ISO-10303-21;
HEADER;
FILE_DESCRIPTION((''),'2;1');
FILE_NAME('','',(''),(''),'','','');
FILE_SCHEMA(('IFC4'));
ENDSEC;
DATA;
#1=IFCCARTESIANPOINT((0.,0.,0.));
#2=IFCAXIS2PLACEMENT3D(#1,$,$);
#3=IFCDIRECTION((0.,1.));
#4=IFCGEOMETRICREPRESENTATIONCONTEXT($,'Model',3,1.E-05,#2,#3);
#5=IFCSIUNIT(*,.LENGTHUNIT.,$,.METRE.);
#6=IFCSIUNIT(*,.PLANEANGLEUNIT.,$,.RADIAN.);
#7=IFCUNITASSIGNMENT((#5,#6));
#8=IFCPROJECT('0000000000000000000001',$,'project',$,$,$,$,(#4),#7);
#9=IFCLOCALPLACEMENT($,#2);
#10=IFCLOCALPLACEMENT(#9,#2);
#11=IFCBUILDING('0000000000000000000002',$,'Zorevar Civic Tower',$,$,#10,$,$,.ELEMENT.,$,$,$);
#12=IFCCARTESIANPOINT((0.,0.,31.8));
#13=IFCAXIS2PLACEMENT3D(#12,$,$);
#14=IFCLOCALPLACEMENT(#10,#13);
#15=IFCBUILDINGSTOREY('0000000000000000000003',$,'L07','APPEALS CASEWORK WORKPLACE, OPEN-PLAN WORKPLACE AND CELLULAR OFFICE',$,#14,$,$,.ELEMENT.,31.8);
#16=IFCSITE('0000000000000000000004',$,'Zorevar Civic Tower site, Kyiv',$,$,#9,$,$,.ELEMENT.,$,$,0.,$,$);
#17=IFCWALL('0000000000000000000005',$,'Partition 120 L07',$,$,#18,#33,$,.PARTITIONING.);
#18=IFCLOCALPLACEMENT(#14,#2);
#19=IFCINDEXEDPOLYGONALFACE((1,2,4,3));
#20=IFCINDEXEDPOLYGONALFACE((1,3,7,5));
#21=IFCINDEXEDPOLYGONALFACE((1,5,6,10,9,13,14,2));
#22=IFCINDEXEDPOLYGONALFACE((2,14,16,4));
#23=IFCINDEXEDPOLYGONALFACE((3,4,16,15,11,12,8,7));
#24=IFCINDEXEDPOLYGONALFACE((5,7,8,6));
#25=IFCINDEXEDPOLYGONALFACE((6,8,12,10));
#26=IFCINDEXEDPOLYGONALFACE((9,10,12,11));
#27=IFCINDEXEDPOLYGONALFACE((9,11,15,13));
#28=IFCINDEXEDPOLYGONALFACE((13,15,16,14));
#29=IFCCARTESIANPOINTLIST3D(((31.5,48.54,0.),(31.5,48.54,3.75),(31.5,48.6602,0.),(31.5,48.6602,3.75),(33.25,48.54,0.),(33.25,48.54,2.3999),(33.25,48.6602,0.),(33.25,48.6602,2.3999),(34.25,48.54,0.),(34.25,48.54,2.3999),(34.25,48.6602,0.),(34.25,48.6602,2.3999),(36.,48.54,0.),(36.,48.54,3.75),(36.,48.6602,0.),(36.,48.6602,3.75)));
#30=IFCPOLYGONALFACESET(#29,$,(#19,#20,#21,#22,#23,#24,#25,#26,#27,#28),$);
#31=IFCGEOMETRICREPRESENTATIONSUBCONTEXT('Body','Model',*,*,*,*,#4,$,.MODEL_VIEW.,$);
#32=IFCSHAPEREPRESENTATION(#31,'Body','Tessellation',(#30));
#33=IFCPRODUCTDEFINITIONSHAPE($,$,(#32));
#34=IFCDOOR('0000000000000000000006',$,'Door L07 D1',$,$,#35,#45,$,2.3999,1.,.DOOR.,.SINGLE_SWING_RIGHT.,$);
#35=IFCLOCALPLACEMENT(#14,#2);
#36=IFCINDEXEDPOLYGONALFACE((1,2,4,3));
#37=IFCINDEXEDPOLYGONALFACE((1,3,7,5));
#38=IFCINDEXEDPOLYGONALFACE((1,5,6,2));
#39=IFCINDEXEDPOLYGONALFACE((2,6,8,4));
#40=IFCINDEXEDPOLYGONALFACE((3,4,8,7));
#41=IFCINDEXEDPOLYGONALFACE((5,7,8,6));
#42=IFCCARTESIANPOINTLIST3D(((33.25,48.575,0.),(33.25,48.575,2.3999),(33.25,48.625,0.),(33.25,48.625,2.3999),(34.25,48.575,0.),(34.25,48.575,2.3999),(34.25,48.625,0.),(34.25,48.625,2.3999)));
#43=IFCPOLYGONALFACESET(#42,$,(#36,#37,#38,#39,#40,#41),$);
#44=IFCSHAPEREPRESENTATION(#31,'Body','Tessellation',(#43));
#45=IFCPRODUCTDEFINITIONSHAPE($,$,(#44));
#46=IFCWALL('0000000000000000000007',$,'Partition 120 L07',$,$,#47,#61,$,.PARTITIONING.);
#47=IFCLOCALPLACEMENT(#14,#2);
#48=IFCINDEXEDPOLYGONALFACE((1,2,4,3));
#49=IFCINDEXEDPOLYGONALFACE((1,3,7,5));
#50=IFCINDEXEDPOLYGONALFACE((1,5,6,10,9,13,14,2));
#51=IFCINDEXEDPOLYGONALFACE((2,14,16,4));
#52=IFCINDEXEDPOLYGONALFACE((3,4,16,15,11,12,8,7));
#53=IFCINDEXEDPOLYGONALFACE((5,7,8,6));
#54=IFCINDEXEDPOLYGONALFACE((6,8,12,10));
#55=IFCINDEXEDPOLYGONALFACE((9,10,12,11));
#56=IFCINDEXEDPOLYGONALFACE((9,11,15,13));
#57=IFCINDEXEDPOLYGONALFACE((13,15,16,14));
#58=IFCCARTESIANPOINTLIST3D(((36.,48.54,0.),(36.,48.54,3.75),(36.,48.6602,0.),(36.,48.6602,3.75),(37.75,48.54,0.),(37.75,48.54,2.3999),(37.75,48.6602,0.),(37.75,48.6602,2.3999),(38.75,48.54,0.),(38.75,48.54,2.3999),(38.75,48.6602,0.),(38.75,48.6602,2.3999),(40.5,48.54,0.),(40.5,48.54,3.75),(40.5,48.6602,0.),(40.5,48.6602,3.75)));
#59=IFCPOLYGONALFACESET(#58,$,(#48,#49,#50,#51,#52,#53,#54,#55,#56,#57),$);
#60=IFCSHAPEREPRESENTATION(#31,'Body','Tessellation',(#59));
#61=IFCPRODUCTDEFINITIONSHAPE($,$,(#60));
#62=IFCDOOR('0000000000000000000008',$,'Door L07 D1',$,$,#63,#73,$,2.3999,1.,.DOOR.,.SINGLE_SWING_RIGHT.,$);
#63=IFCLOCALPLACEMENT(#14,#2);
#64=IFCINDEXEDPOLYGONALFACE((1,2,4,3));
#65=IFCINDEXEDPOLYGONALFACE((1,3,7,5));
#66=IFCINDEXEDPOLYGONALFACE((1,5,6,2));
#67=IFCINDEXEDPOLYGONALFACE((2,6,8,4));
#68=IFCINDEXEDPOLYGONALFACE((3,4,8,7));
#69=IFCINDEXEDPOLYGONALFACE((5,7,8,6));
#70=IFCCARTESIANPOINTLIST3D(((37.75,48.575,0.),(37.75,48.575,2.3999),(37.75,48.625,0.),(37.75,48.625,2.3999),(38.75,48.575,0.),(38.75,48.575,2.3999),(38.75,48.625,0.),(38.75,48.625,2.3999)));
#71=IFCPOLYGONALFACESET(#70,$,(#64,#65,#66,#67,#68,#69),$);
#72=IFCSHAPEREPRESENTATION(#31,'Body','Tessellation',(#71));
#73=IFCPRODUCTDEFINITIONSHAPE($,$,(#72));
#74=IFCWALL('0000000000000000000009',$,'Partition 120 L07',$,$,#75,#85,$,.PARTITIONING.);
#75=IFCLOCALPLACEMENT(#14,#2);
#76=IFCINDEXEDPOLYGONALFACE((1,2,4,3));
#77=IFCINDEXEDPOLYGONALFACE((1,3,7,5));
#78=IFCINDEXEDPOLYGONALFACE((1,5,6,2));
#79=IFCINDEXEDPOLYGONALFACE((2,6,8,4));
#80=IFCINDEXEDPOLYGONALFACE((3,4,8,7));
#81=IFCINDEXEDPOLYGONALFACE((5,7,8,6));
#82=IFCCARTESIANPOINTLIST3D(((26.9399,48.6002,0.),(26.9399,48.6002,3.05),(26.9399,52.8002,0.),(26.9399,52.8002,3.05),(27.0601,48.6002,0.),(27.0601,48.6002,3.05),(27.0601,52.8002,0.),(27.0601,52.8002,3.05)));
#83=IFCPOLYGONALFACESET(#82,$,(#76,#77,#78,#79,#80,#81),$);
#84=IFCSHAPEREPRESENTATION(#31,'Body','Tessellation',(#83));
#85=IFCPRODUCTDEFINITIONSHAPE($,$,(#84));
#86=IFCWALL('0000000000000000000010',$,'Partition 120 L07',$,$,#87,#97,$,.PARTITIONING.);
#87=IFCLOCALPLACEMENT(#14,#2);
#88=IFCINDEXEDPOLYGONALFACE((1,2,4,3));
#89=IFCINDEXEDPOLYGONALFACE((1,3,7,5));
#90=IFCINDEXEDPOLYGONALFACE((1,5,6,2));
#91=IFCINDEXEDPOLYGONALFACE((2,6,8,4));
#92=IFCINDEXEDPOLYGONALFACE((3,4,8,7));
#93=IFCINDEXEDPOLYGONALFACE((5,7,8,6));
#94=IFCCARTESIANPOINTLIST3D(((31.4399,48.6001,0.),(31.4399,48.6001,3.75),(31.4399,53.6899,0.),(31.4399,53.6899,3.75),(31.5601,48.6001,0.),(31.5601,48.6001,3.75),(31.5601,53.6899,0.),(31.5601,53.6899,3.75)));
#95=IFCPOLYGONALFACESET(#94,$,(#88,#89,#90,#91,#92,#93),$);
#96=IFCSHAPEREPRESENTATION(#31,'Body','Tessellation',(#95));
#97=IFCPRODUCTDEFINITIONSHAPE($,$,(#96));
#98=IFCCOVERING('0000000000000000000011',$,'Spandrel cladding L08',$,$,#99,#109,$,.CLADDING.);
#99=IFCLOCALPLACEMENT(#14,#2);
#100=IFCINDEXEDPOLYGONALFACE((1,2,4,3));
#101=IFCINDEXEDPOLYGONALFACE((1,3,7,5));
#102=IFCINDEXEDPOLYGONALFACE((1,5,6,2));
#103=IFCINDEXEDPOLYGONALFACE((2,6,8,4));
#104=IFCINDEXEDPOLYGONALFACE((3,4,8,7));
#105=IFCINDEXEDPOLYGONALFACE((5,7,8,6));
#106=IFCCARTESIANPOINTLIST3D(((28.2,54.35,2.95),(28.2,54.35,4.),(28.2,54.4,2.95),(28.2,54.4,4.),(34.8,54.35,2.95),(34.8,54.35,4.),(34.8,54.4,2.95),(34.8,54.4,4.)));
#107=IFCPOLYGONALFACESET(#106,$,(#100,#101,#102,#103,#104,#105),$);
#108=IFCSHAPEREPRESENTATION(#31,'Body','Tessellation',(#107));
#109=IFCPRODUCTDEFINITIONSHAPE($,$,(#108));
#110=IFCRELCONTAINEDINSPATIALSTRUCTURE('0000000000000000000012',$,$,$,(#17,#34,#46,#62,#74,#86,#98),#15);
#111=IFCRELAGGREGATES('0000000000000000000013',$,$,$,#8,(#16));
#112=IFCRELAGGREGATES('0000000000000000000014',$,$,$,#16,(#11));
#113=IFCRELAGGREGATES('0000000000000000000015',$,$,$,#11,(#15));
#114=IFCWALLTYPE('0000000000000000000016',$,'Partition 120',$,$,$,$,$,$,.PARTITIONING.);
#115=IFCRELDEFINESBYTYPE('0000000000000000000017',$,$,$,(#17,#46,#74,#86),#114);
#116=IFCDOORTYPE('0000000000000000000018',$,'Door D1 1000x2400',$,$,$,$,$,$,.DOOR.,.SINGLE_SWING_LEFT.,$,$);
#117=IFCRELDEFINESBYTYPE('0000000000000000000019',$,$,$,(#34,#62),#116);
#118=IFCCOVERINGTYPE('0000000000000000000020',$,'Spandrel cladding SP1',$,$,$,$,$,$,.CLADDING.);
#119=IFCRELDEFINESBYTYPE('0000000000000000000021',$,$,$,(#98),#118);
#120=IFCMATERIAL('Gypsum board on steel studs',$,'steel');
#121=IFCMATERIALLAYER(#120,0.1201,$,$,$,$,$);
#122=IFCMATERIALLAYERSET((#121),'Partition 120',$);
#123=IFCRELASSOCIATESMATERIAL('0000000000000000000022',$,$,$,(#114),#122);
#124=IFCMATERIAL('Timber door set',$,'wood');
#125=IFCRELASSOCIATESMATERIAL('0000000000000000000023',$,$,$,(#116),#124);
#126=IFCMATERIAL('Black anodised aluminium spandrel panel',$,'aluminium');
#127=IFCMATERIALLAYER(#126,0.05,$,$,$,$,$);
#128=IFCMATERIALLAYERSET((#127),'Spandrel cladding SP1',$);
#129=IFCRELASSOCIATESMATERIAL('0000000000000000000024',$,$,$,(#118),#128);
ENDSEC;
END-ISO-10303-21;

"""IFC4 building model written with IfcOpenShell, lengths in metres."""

from ifc_helpers import new_model, si_unit, direction, frame, frame_2d, origin, place, context, subcontext, project, spatial, rectangle, extrude, material, layer, layer_set, type_object, element, fill, save


model = new_model("IFC4")

# Units and contexts
model_context = context("Model", 3, precision=1e-05, world=origin(), true_north=direction((0.0, 1.0)))
body_context = subcontext(model_context, "Body", "Model", "MODEL_VIEW")
ifc_project = project(units=[si_unit("LENGTHUNIT", "METRE"), si_unit("PLANEANGLEUNIT", "RADIAN")], contexts=[model_context])

# Site, building, storey
site_placement = place(None, origin())
site = spatial("IfcSite", under=ifc_project, at=site_placement, Name="Zorevar Civic Tower site, Kyiv", CompositionType="ELEMENT", RefElevation=0.0)
building_placement = place(site_placement, origin())
building = spatial("IfcBuilding", under=site, at=building_placement, Name="Zorevar Civic Tower", CompositionType="ELEMENT")
storey_placement = place(building_placement, frame((0.0, 0.0, 31.8)))
storey = spatial("IfcBuildingStorey", under=building, at=storey_placement, Name="L07", Description="APPEALS CASEWORK WORKPLACE, OPEN-PLAN WORKPLACE AND CELLULAR OFFICE", CompositionType="ELEMENT", Elevation=31.8)

# Walls, openings, doors
ifc_material_1 = material(Name="Gypsum board on steel studs", Category="steel")
ifc_layer_1 = layer(ifc_material_1, 0.1201)
ifc_layer_set_1 = layer_set([ifc_layer_1], Name="Partition 120")
wall_type = type_object("IfcWallType", Name="Partition 120", PredefinedType="PARTITIONING", material=ifc_layer_set_1)
ifc_material_2 = material(Name="Timber door set", Category="wood")
door_type = type_object("IfcDoorType", Name="Door D1 1000x2400", OperationType="SINGLE_SWING_LEFT", PredefinedType="DOOR", material=ifc_material_2)
wall_1_placement = place(storey_placement, frame((31.5, 48.6001, 0.0), z_axis=(0.0, 0.0, 1.0), x_axis=(1.0, 0.0, 0.0)))
wall_1 = element("IfcWall", 1, at=wall_1_placement, inside=storey, type_object=wall_type, Name="Partition 120 L07", PredefinedType="PARTITIONING", context=body_context, shape_type="SweptSolid", body=[
    extrude(rectangle(XDim=4.5, YDim=0.1201, at=frame_2d((2.25, 0.0))), origin(), (0.0, 0.0, 1.0), 3.75),
])
opening_1_placement = place(wall_1_placement, frame((1.75, 0.0, 0.0)))
opening_1 = element("IfcOpeningElement", 2, at=opening_1_placement, cuts=wall_1, PredefinedType="OPENING", context=body_context, shape_type="SweptSolid", body=[
    extrude(rectangle(XDim=1.0, YDim=2.3999, at=frame_2d((0.5, 1.2))), frame((0.0, 0.0701, 0.0), z_axis=(0.0, -1.0, 0.0), x_axis=(1.0, 0.0, 0.0)), (0.0, 0.0, 1.0), 0.1401),
])
door_1_placement = place(opening_1_placement, origin())
door_1 = element("IfcDoor", 3, at=door_1_placement, inside=storey, type_object=door_type, Name="Door L07 D1", OperationType="SINGLE_SWING_RIGHT", OverallHeight=2.3999, OverallWidth=1.0, PredefinedType="DOOR", context=body_context, shape_type="SweptSolid", body=[
    extrude(rectangle(XDim=1.0, YDim=2.3999, at=frame_2d((0.5, 1.2))), frame((0.0, 0.0249, 0.0), z_axis=(0.0, -1.0, 0.0), x_axis=(1.0, 0.0, 0.0)), (0.0, 0.0, 1.0), 0.05),
])
fill(opening_1, door_1)
wall_2_placement = place(storey_placement, frame((36.0, 48.6001, 0.0), z_axis=(0.0, 0.0, 1.0), x_axis=(1.0, 0.0, 0.0)))
wall_2 = element("IfcWall", 4, at=wall_2_placement, inside=storey, type_object=wall_type, Name="Partition 120 L07", PredefinedType="PARTITIONING", context=body_context, shape_type="SweptSolid", body=[
    extrude(rectangle(XDim=4.5, YDim=0.1201, at=frame_2d((2.25, 0.0))), origin(), (0.0, 0.0, 1.0), 3.75),
])
opening_2_placement = place(wall_2_placement, frame((1.75, 0.0, 0.0)))
opening_2 = element("IfcOpeningElement", 5, at=opening_2_placement, cuts=wall_2, PredefinedType="OPENING", context=body_context, shape_type="SweptSolid", body=[
    extrude(rectangle(XDim=1.0, YDim=2.3999, at=frame_2d((0.5, 1.2))), frame((0.0, 0.0701, 0.0), z_axis=(0.0, -1.0, 0.0), x_axis=(1.0, 0.0, 0.0)), (0.0, 0.0, 1.0), 0.1401),
])
door_2_placement = place(opening_2_placement, origin())
door_2 = element("IfcDoor", 6, at=door_2_placement, inside=storey, type_object=door_type, Name="Door L07 D1", OperationType="SINGLE_SWING_RIGHT", OverallHeight=2.3999, OverallWidth=1.0, PredefinedType="DOOR", context=body_context, shape_type="SweptSolid", body=[
    extrude(rectangle(XDim=1.0, YDim=2.3999, at=frame_2d((0.5, 1.2))), frame((0.0, 0.0249, 0.0), z_axis=(0.0, -1.0, 0.0), x_axis=(1.0, 0.0, 0.0)), (0.0, 0.0, 1.0), 0.05),
])
fill(opening_2, door_2)

# Walls
wall_3_placement = place(storey_placement, frame((27.0, 48.6001, 0.0), z_axis=(0.0, 0.0, 1.0), x_axis=(0.0, 1.0, 0.0)))
element("IfcWall", 7, at=wall_3_placement, inside=storey, type_object=wall_type, Name="Partition 120 L07", PredefinedType="PARTITIONING", context=body_context, shape_type="SweptSolid", body=[
    extrude(rectangle(XDim=4.2, YDim=0.1201, at=frame_2d((2.1001, 0.0))), origin(), (0.0, 0.0, 1.0), 3.05),
])
wall_4_placement = place(storey_placement, frame((31.5, 48.6001, 0.0), z_axis=(0.0, 0.0, 1.0), x_axis=(0.0, 1.0, 0.0)))
element("IfcWall", 8, at=wall_4_placement, inside=storey, type_object=wall_type, Name="Partition 120 L07", PredefinedType="PARTITIONING", context=body_context, shape_type="SweptSolid", body=[
    extrude(rectangle(XDim=5.0898, YDim=0.1201, at=frame_2d((2.5449, 0.0))), origin(), (0.0, 0.0, 1.0), 3.75),
])

# Covering
ifc_material_3 = material(Name="Black anodised aluminium spandrel panel", Category="aluminium")
ifc_layer_2 = layer(ifc_material_3, 0.05)
ifc_layer_set_2 = layer_set([ifc_layer_2], Name="Spandrel cladding SP1")
covering_type = type_object("IfcCoveringType", Name="Spandrel cladding SP1", PredefinedType="CLADDING", material=ifc_layer_set_2)
covering_placement = place(storey_placement, frame((28.2, 54.375, 2.95), z_axis=(0.0, 0.0, 1.0), x_axis=(1.0, 0.0, 0.0)))
element("IfcCovering", 9, at=covering_placement, inside=storey, type_object=covering_type, Name="Spandrel cladding L08", PredefinedType="CLADDING", context=body_context, shape_type="SweptSolid", body=[
    extrude(rectangle(XDim=6.6001, YDim=0.05, at=frame_2d((3.3, 0.0))), origin(), (0.0, 0.0, 1.0), 1.05),
])

save(model, "model.ifc")
